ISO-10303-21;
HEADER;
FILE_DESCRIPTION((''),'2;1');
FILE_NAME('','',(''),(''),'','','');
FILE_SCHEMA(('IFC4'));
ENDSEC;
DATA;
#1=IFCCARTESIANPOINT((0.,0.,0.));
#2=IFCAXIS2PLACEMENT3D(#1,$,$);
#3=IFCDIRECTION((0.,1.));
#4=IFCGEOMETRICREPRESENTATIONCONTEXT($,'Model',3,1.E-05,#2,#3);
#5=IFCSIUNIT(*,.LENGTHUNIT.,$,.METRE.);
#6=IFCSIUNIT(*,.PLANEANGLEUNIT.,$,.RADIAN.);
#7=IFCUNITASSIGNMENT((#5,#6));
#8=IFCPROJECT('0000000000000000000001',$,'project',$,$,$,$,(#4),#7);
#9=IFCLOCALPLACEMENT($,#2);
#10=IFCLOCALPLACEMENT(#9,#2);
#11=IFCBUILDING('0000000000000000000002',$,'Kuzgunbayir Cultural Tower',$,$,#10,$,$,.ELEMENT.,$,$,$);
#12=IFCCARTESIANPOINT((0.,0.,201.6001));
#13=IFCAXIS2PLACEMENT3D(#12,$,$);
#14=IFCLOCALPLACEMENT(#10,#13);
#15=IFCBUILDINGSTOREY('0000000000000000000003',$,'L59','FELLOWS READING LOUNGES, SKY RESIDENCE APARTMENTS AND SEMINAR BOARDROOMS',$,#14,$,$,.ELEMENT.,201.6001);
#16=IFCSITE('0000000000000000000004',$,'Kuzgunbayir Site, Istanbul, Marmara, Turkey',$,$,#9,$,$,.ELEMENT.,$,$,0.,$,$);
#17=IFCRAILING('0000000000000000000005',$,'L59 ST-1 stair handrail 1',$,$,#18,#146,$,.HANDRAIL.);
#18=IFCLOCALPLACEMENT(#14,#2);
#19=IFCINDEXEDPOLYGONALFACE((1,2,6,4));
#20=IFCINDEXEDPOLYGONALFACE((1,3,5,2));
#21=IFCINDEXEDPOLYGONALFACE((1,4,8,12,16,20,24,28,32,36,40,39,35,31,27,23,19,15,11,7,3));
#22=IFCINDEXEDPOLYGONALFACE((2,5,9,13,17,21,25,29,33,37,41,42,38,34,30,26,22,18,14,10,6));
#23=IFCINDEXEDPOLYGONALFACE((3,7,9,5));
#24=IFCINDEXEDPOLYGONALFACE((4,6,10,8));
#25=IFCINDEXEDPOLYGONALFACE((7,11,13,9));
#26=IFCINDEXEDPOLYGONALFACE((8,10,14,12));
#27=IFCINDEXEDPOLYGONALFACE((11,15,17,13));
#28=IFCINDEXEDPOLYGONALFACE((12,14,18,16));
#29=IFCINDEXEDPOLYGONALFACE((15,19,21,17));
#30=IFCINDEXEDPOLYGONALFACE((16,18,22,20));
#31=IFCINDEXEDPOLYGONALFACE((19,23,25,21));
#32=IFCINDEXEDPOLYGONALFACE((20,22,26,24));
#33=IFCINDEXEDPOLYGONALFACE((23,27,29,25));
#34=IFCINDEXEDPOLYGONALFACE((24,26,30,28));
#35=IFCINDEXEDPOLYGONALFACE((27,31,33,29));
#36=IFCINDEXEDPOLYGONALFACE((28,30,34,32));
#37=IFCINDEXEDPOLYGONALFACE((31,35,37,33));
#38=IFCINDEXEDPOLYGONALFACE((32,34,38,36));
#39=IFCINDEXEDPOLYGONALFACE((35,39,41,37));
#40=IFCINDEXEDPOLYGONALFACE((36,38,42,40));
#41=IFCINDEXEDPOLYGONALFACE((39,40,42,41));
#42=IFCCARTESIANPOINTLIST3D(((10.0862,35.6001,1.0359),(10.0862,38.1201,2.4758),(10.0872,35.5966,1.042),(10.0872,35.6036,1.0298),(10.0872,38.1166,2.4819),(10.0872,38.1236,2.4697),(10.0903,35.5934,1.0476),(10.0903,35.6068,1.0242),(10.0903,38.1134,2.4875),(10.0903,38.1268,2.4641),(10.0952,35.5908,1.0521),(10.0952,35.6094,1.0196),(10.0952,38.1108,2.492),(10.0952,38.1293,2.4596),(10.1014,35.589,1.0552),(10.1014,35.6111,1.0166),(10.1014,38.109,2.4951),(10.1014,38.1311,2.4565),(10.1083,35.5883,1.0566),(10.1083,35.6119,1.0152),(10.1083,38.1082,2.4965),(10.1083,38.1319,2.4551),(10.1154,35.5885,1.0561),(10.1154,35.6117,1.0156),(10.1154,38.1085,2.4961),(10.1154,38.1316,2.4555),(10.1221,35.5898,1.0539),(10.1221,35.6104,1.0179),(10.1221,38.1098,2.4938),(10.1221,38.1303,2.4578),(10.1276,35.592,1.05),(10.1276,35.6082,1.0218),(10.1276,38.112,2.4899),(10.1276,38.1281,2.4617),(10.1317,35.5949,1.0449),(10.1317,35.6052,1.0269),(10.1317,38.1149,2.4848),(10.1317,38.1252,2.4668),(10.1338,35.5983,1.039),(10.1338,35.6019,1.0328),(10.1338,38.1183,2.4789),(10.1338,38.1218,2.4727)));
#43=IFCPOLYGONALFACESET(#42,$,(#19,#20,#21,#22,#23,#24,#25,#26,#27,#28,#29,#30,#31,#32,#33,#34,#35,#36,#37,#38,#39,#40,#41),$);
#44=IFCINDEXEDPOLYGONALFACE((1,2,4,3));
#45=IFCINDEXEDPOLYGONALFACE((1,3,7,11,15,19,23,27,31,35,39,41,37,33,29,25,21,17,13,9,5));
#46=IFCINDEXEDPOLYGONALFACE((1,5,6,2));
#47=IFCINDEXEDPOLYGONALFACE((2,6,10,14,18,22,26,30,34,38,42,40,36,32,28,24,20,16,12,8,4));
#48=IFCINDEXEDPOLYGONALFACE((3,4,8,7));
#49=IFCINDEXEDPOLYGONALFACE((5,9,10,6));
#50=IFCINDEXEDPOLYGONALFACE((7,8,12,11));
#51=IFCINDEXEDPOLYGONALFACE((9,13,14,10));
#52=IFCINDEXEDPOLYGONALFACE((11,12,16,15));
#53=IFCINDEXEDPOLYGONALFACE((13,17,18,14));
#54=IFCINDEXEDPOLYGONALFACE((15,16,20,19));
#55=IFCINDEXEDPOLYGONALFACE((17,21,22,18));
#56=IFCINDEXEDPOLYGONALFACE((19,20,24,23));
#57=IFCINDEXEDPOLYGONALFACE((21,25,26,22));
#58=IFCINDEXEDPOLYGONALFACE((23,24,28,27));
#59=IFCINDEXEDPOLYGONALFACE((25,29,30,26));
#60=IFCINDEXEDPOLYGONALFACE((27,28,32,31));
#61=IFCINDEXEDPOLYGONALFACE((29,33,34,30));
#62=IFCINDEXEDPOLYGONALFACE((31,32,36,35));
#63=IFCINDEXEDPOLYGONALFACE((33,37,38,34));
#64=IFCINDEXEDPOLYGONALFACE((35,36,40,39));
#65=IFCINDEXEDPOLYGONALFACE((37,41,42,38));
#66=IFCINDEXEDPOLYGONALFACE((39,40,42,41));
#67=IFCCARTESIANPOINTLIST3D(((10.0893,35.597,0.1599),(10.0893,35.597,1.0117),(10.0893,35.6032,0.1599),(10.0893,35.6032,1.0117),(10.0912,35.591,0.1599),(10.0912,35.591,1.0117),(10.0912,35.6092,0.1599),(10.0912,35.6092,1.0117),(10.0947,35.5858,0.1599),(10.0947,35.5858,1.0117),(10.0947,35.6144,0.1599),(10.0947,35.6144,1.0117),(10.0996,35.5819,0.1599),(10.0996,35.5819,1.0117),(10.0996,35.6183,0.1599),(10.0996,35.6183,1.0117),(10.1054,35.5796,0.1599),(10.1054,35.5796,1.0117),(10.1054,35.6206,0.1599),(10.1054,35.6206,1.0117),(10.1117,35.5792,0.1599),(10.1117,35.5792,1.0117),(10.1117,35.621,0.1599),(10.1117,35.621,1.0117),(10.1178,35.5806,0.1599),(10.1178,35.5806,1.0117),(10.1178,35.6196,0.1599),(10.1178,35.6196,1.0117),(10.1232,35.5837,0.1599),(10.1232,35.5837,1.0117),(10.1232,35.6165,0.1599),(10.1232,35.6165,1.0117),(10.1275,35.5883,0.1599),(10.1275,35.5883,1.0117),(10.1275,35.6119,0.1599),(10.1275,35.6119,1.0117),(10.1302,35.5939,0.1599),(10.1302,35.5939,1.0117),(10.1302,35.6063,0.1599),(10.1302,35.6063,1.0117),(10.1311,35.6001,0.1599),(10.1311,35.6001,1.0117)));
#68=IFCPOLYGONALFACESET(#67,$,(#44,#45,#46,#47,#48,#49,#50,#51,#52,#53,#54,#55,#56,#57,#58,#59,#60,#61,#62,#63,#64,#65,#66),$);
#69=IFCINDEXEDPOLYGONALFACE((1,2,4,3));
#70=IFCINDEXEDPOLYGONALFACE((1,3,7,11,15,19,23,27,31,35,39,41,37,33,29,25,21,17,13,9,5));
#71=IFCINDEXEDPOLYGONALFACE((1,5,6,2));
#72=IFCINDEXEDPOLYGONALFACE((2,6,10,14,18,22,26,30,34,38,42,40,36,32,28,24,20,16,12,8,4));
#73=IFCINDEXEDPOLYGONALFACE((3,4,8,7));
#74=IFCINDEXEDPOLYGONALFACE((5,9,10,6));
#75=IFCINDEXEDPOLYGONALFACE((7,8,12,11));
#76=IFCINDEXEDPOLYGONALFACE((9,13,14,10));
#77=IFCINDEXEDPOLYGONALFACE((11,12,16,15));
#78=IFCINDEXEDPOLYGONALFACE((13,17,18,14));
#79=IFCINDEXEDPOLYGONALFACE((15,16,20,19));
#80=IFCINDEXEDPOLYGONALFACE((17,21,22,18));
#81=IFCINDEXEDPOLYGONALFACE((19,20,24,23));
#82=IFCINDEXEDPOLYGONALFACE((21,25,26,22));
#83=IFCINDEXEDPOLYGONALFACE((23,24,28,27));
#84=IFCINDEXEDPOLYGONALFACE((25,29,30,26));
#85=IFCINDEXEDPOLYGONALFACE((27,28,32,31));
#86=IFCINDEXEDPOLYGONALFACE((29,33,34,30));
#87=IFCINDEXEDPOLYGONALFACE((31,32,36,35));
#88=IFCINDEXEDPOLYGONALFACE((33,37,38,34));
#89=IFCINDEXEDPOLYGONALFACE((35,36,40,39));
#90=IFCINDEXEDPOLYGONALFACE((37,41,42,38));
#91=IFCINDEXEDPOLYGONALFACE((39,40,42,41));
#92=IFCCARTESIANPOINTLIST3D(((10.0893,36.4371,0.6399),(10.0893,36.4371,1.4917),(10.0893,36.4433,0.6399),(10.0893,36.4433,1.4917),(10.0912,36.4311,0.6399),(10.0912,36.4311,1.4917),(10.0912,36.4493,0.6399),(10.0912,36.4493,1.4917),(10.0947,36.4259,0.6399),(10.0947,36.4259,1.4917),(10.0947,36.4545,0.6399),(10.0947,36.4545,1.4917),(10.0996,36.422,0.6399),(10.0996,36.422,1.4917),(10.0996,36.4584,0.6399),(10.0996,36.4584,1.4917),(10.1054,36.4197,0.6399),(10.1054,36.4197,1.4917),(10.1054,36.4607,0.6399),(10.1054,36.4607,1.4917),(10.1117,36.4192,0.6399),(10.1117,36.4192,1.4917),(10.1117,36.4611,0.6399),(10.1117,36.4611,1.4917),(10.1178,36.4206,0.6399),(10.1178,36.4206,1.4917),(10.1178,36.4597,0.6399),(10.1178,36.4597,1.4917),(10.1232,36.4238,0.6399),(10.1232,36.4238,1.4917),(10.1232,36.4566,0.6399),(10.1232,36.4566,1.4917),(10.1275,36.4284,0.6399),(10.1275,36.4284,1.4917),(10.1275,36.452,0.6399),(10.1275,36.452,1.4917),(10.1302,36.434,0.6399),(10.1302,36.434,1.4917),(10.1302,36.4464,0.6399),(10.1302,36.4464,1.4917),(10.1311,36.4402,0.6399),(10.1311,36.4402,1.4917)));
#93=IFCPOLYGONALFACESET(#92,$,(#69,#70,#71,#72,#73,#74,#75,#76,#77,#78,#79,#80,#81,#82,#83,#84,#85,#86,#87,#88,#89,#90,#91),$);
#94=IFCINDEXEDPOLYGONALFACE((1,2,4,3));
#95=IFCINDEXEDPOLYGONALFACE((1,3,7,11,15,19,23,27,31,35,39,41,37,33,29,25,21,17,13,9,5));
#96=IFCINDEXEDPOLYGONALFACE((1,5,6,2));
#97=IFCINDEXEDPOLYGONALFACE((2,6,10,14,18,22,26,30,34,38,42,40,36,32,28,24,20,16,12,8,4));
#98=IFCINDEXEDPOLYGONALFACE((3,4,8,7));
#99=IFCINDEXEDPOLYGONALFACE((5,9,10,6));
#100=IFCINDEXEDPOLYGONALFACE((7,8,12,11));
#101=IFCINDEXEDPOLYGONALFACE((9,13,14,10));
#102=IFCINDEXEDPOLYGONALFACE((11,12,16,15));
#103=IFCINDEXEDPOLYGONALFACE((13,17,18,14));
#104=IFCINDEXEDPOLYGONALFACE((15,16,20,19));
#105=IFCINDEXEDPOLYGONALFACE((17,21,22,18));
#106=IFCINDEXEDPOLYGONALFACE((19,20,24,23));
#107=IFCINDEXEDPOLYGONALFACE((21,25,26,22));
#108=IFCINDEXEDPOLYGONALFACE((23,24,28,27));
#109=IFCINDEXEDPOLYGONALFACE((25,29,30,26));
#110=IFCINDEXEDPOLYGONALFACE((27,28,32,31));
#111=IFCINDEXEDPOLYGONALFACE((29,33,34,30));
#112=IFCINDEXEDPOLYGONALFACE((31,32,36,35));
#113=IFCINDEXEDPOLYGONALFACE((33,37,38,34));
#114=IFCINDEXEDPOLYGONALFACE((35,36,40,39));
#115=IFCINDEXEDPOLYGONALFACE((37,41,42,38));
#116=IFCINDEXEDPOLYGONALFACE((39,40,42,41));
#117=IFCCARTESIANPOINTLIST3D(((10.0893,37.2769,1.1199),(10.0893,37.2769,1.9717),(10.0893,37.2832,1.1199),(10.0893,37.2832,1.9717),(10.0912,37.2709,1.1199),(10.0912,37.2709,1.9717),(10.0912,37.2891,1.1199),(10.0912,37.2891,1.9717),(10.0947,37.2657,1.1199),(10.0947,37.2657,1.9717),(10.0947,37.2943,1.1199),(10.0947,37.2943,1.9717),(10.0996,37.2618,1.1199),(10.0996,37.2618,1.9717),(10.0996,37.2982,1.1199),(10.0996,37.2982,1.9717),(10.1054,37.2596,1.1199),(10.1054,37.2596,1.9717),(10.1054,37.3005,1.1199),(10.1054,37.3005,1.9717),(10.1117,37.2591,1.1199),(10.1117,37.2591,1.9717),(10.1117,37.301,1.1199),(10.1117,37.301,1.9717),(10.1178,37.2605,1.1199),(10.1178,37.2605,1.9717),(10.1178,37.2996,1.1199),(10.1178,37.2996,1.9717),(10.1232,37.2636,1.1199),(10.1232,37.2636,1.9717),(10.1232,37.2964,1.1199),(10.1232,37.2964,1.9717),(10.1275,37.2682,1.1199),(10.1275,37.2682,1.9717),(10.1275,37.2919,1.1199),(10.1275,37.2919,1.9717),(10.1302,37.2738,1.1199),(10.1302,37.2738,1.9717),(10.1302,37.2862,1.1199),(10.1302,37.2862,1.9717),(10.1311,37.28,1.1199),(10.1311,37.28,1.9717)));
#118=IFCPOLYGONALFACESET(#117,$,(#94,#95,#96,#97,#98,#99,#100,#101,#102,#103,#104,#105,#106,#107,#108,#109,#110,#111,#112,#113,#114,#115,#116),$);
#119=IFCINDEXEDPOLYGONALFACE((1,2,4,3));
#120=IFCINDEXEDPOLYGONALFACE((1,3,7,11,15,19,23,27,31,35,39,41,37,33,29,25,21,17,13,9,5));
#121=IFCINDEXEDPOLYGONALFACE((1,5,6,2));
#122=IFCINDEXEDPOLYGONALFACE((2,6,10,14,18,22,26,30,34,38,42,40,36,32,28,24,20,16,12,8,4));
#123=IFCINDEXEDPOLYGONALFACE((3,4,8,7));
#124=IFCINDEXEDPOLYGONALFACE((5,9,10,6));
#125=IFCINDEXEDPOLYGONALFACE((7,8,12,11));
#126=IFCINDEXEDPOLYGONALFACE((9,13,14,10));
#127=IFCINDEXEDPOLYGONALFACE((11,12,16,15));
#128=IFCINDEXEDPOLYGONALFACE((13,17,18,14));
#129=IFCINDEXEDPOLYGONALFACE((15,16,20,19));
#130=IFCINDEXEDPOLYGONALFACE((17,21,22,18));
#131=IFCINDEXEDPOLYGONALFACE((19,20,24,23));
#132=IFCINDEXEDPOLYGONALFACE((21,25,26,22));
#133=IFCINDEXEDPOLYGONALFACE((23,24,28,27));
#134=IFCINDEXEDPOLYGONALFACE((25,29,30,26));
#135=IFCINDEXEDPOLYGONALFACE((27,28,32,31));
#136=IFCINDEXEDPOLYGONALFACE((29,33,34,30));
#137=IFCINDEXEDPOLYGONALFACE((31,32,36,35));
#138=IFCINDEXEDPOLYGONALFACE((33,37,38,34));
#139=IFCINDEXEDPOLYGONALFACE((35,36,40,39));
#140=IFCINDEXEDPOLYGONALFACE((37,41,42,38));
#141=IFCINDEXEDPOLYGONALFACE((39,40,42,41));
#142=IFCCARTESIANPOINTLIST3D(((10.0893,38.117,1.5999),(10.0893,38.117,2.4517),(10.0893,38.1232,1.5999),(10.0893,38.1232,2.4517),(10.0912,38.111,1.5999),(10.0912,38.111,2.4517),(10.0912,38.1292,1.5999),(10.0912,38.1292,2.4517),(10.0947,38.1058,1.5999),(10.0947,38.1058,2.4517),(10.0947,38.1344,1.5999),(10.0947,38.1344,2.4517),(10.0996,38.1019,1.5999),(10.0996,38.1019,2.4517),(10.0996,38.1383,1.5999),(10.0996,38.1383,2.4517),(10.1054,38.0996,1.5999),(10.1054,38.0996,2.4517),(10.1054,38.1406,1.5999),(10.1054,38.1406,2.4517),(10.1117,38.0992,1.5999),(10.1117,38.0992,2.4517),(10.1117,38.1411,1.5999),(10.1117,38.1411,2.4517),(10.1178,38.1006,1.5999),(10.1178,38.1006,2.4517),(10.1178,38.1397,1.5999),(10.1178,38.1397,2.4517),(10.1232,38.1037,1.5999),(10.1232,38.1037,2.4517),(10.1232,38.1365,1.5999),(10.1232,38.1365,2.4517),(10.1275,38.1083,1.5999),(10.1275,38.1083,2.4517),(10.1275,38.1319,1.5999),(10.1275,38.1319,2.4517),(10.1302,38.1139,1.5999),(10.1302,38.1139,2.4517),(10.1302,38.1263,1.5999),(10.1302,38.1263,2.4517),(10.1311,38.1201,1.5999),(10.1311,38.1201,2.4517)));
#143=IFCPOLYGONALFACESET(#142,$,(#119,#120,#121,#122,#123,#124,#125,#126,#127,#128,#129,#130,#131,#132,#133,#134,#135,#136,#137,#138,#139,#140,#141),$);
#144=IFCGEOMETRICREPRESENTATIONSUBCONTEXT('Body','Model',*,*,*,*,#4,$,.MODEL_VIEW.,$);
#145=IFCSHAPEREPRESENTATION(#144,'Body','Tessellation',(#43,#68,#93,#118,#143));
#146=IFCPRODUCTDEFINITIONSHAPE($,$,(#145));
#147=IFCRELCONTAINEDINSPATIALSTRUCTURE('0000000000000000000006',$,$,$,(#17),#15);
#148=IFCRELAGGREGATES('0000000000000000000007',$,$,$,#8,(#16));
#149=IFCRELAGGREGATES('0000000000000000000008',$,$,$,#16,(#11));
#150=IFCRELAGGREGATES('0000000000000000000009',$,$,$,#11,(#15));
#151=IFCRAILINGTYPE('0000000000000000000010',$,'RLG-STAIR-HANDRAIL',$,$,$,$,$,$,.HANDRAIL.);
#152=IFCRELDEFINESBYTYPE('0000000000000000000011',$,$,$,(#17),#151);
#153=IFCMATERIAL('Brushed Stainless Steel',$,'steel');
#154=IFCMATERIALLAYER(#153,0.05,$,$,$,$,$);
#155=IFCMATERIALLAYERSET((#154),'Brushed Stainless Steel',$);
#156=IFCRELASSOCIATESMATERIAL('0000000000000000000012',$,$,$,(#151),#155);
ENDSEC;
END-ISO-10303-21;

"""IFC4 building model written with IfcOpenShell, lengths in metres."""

from ifc_helpers import new_model, si_unit, direction, frame, origin, origin_2d, place, context, subcontext, project, spatial, circle, extrude, material, layer, layer_set, type_object, element, save


model = new_model("IFC4")

# Units and contexts
model_context = context("Model", 3, precision=1e-05, world=origin(), true_north=direction((0.0, 1.0)))
body_context = subcontext(model_context, "Body", "Model", "MODEL_VIEW")
ifc_project = project(units=[si_unit("LENGTHUNIT", "METRE"), si_unit("PLANEANGLEUNIT", "RADIAN")], contexts=[model_context])

# Site, building, storey
site_placement = place(None, origin())
site = spatial("IfcSite", under=ifc_project, at=site_placement, Name="Kuzgunbayir Site, Istanbul, Marmara, Turkey", CompositionType="ELEMENT", RefElevation=0.0)
building_placement = place(site_placement, origin())
building = spatial("IfcBuilding", under=site, at=building_placement, Name="Kuzgunbayir Cultural Tower", CompositionType="ELEMENT")
storey_placement = place(building_placement, frame((0.0, 0.0, 201.6001)))
storey = spatial("IfcBuildingStorey", under=building, at=storey_placement, Name="L59", Description="FELLOWS READING LOUNGES, SKY RESIDENCE APARTMENTS AND SEMINAR BOARDROOMS", CompositionType="ELEMENT", Elevation=201.6001)

# Shared definitions
ifc_material_1 = material(Name="Brushed Stainless Steel", Category="steel")

# Railing
ifc_layer_1 = layer(ifc_material_1, 0.05)
ifc_layer_set_1 = layer_set([ifc_layer_1], Name="Brushed Stainless Steel")
railing_type = type_object("IfcRailingType", Name="RLG-STAIR-HANDRAIL", PredefinedType="HANDRAIL", material=ifc_layer_set_1)
railing_placement = place(storey_placement, frame((10.1101, 35.6001, 0.1599)))
element("IfcRailing", 1, at=railing_placement, inside=storey, type_object=railing_type, Name="L59 ST-1 stair handrail 1", PredefinedType="HANDRAIL", context=body_context, shape_type="SweptSolid", body=[
    extrude(circle(Radius=0.0239, at=origin_2d()), frame((0.0, 0.0, 0.876), z_axis=(0.0, 0.868253, 0.496121), x_axis=(-1.0, 0.0, 0.0)), (0.0, 0.0, 1.0), 2.9023),
    extrude(circle(Radius=0.021, at=origin_2d()), origin(), (0.0, 0.0, 1.0), 0.8518),
    extrude(circle(Radius=0.021, at=origin_2d()), frame((0.0, 0.8401, 0.48)), (0.0, 0.0, 1.0), 0.8518),
    extrude(circle(Radius=0.021, at=origin_2d()), frame((0.0, 1.6799, 0.96)), (0.0, 0.0, 1.0), 0.8518),
    extrude(circle(Radius=0.021, at=origin_2d()), frame((0.0, 2.52, 1.4399)), (0.0, 0.0, 1.0), 0.8518),
])

save(model, "model.ifc")
